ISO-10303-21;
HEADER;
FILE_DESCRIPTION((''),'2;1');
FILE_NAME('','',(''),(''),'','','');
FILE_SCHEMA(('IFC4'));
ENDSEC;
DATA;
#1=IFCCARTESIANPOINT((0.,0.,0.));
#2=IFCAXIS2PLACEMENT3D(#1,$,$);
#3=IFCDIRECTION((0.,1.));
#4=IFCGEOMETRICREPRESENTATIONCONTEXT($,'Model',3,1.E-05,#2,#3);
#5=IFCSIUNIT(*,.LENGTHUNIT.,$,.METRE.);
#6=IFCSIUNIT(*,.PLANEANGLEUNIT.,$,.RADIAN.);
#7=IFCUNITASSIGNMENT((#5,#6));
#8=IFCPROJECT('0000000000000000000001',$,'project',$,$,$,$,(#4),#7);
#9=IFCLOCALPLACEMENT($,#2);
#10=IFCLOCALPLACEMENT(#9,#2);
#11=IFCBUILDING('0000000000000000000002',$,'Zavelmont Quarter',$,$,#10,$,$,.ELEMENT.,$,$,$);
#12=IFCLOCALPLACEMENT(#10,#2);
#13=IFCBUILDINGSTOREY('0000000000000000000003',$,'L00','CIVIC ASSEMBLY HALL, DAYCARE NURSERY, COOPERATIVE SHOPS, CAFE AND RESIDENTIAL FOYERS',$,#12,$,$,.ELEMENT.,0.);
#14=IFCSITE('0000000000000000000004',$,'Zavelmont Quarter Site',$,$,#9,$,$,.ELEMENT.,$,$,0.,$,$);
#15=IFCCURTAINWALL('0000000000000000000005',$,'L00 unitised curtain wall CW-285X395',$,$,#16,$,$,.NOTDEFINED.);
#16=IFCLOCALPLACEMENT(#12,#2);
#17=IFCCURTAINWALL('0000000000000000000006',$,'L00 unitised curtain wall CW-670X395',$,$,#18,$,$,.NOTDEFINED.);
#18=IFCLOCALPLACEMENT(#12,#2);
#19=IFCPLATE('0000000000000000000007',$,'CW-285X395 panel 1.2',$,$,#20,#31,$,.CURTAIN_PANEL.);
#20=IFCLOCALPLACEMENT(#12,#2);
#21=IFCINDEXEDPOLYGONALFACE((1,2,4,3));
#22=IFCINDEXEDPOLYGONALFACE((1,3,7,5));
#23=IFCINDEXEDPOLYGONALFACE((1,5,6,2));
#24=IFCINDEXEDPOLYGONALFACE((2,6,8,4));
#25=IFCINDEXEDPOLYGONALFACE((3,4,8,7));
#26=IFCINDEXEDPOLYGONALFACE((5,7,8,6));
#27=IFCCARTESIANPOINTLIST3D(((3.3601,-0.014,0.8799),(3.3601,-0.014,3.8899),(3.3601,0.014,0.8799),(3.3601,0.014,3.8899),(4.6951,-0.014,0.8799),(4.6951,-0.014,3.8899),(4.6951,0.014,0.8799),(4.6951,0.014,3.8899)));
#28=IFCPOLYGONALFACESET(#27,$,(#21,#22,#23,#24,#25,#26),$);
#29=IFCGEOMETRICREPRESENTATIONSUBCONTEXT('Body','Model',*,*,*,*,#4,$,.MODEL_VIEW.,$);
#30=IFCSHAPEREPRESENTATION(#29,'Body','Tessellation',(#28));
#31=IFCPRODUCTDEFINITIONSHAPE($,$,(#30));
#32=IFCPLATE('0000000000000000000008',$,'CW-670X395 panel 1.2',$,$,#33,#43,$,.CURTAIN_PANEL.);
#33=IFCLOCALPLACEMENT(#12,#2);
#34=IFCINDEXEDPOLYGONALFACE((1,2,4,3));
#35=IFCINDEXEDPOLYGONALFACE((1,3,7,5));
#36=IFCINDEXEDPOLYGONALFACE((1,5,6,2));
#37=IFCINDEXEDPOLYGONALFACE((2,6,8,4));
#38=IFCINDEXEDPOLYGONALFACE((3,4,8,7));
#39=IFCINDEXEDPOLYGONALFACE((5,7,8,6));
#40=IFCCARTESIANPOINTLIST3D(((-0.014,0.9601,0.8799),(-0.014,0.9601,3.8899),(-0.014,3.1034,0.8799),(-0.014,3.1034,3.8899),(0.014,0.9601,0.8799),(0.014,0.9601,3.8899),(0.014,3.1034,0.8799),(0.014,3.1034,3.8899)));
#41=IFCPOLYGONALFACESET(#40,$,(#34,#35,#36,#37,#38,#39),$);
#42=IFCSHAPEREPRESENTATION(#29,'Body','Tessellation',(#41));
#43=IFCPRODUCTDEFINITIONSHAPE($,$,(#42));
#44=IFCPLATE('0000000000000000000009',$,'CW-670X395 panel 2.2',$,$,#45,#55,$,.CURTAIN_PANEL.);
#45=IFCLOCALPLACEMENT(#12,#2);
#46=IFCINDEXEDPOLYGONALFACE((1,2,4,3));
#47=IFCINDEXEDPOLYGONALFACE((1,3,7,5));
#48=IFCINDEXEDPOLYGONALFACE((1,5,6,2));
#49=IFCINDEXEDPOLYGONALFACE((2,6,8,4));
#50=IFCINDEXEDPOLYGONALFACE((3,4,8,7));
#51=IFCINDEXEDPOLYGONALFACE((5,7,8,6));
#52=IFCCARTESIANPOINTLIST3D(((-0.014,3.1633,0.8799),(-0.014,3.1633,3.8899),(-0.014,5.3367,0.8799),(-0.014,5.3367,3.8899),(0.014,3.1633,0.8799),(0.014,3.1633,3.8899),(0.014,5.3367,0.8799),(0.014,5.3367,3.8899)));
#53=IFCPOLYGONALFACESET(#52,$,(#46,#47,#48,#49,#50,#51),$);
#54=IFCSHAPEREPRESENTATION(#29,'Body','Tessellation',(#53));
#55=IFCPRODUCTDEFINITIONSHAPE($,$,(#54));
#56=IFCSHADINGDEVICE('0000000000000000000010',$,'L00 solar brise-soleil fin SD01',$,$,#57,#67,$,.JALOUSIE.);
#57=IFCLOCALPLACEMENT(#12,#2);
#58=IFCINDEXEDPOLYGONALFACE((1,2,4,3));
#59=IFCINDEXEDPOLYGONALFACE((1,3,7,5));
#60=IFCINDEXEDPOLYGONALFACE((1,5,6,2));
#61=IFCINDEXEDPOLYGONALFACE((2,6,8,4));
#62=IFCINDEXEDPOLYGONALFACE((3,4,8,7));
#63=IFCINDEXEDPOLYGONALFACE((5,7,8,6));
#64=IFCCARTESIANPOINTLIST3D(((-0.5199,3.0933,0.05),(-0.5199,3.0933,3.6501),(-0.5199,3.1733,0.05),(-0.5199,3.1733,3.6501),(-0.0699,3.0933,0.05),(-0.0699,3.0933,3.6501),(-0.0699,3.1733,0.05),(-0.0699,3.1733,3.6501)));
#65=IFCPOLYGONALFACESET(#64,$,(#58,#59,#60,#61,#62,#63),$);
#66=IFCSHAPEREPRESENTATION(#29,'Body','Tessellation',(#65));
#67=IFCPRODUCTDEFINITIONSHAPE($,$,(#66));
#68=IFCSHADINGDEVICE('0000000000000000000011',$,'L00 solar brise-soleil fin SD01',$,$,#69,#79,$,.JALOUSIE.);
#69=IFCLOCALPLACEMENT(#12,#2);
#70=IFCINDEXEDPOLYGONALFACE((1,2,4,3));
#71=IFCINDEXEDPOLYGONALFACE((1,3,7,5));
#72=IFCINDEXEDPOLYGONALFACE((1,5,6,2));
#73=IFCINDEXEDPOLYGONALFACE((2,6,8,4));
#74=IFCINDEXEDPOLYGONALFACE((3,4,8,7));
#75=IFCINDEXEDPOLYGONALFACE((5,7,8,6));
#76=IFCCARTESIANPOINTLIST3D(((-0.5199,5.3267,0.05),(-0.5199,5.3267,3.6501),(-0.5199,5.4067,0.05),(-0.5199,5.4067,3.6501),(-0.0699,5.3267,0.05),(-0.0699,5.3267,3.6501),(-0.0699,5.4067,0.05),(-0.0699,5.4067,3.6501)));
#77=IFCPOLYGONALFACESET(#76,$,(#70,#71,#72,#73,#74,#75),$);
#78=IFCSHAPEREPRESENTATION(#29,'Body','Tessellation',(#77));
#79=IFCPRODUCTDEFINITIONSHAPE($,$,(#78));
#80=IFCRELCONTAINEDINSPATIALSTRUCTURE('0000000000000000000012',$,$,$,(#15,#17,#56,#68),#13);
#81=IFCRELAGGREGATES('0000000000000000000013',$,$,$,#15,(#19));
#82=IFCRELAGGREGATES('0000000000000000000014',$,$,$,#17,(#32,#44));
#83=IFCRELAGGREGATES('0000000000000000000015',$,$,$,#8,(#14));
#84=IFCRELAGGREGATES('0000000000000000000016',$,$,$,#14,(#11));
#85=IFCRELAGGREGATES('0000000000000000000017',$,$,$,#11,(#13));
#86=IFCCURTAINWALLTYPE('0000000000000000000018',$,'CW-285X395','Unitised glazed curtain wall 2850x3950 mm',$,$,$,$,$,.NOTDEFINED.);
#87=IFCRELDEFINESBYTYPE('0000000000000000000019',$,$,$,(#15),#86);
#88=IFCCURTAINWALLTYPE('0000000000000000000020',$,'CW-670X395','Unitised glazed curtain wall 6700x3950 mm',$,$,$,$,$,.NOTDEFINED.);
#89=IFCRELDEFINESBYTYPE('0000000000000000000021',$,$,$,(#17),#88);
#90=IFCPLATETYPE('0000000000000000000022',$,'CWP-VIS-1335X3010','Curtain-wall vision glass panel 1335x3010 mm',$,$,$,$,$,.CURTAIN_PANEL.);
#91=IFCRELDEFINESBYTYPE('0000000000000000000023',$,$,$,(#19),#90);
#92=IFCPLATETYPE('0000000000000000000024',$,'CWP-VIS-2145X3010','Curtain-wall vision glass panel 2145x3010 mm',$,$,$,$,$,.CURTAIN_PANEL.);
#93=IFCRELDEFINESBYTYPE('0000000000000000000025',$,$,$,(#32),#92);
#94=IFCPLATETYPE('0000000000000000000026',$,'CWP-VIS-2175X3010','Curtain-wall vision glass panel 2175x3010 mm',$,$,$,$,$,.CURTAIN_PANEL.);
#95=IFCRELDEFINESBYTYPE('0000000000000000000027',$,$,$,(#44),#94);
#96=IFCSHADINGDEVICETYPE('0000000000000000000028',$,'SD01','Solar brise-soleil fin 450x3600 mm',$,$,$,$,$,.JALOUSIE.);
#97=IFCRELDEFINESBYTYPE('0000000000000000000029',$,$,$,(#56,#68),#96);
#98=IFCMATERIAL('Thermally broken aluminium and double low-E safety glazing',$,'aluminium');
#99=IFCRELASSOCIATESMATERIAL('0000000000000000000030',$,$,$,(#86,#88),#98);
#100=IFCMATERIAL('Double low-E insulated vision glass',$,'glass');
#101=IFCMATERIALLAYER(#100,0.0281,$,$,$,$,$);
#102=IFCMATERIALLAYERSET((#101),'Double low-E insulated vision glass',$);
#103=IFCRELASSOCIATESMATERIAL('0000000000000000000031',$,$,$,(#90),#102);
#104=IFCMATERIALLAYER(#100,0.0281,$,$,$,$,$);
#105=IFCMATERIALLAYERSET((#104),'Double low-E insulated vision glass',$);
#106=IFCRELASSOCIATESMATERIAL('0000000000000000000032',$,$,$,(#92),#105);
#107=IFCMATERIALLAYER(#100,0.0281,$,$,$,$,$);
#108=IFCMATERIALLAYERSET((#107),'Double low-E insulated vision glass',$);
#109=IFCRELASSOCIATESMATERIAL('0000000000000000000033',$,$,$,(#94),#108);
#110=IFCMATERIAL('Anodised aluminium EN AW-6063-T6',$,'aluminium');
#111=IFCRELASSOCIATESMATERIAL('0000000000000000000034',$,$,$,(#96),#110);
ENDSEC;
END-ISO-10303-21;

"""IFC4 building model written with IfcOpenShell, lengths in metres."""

from ifc_helpers import new_model, si_unit, direction, frame, origin, origin_2d, place, context, subcontext, project, spatial, rectangle, extrude, material, layer, layer_set, type_object, element, aggregate, save


model = new_model("IFC4")

# Units and contexts
model_context = context("Model", 3, precision=1e-05, world=origin(), true_north=direction((0.0, 1.0)))
body_context = subcontext(model_context, "Body", "Model", "MODEL_VIEW")
ifc_project = project(units=[si_unit("LENGTHUNIT", "METRE"), si_unit("PLANEANGLEUNIT", "RADIAN")], contexts=[model_context])

# Site, building, storey
site_placement = place(None, origin())
site = spatial("IfcSite", under=ifc_project, at=site_placement, Name="Zavelmont Quarter Site", CompositionType="ELEMENT", RefElevation=0.0)
building_placement = place(site_placement, origin())
building = spatial("IfcBuilding", under=site, at=building_placement, Name="Zavelmont Quarter", CompositionType="ELEMENT")
storey_placement = place(building_placement, origin())
storey = spatial("IfcBuildingStorey", under=building, at=storey_placement, Name="L00", Description="CIVIC ASSEMBLY HALL, DAYCARE NURSERY, COOPERATIVE SHOPS, CAFE AND RESIDENTIAL FOYERS", CompositionType="ELEMENT", Elevation=0.0)

# Curtain walls
ifc_material_1 = material(Name="Thermally broken aluminium and double low-E safety glazing", Category="aluminium")
curtain_wall_type_1 = type_object("IfcCurtainWallType", Name="CW-285X395", Description="Unitised glazed curtain wall 2850x3950 mm", PredefinedType="NOTDEFINED", material=ifc_material_1)
curtain_wall_1_placement = place(storey_placement, origin())
curtain_wall_1 = element("IfcCurtainWall", 1, at=curtain_wall_1_placement, inside=storey, type_object=curtain_wall_type_1, Name="L00 unitised curtain wall CW-285X395", PredefinedType="NOTDEFINED")
curtain_wall_type_2 = type_object("IfcCurtainWallType", Name="CW-670X395", Description="Unitised glazed curtain wall 6700x3950 mm", PredefinedType="NOTDEFINED", material=ifc_material_1)
curtain_wall_2_placement = place(storey_placement, origin())
curtain_wall_2 = element("IfcCurtainWall", 2, at=curtain_wall_2_placement, inside=storey, type_object=curtain_wall_type_2, Name="L00 unitised curtain wall CW-670X395", PredefinedType="NOTDEFINED")

# Plates
ifc_material_2 = material(Name="Double low-E insulated vision glass", Category="glass")
ifc_layer_1 = layer(ifc_material_2, 0.0281)
ifc_layer_set_1 = layer_set([ifc_layer_1], Name="Double low-E insulated vision glass")
plate_type_1 = type_object("IfcPlateType", Name="CWP-VIS-1335X3010", Description="Curtain-wall vision glass panel 1335x3010 mm", PredefinedType="CURTAIN_PANEL", material=ifc_layer_set_1)
plate_1_placement = place(storey_placement, frame((4.0276, 0.0, 0.8799), z_axis=(0.0, 0.0, 1.0), x_axis=(1.0, 0.0, 0.0)))
plate_1 = element("IfcPlate", 3, at=plate_1_placement, type_object=plate_type_1, Name="CW-285X395 panel 1.2", PredefinedType="CURTAIN_PANEL", context=body_context, shape_type="SweptSolid", body=[
    extrude(rectangle(XDim=1.335, YDim=0.0281, at=origin_2d()), origin(), (0.0, 0.0, 1.0), 3.01),
])
aggregate(curtain_wall_1, [plate_1])
ifc_layer_2 = layer(ifc_material_2, 0.0281)
ifc_layer_set_2 = layer_set([ifc_layer_2], Name="Double low-E insulated vision glass")
plate_type_2 = type_object("IfcPlateType", Name="CWP-VIS-2145X3010", Description="Curtain-wall vision glass panel 2145x3010 mm", PredefinedType="CURTAIN_PANEL", material=ifc_layer_set_2)
plate_2_placement = place(storey_placement, frame((0.0, 2.0317, 0.8799), z_axis=(0.0, 0.0, 1.0), x_axis=(0.0, 1.0, 0.0)))
plate_2 = element("IfcPlate", 4, at=plate_2_placement, type_object=plate_type_2, Name="CW-670X395 panel 1.2", PredefinedType="CURTAIN_PANEL", context=body_context, shape_type="SweptSolid", body=[
    extrude(rectangle(XDim=2.1433, YDim=0.0281, at=origin_2d()), origin(), (0.0, 0.0, 1.0), 3.01),
])
ifc_layer_3 = layer(ifc_material_2, 0.0281)
ifc_layer_set_3 = layer_set([ifc_layer_3], Name="Double low-E insulated vision glass")
plate_type_3 = type_object("IfcPlateType", Name="CWP-VIS-2175X3010", Description="Curtain-wall vision glass panel 2175x3010 mm", PredefinedType="CURTAIN_PANEL", material=ifc_layer_set_3)
plate_3_placement = place(storey_placement, frame((0.0, 4.25, 0.8799), z_axis=(0.0, 0.0, 1.0), x_axis=(0.0, 1.0, 0.0)))
plate_3 = element("IfcPlate", 5, at=plate_3_placement, type_object=plate_type_3, Name="CW-670X395 panel 2.2", PredefinedType="CURTAIN_PANEL", context=body_context, shape_type="SweptSolid", body=[
    extrude(rectangle(XDim=2.1733, YDim=0.0281, at=origin_2d()), origin(), (0.0, 0.0, 1.0), 3.01),
])
aggregate(curtain_wall_2, [plate_2, plate_3])

# Shading devices
ifc_material_3 = material(Name="Anodised aluminium EN AW-6063-T6", Category="aluminium")
shading_device_type = type_object("IfcShadingDeviceType", Name="SD01", Description="Solar brise-soleil fin 450x3600 mm", PredefinedType="JALOUSIE", material=ifc_material_3)
for number, where, z_axis, x_axis, name in (
    (6, (-0.2949, 3.1333, 0.05), (0.0, 0.0, 1.0), (0.0, 1.0, 0.0), "L00 solar brise-soleil fin SD01"),
    (7, (-0.2949, 5.3667, 0.05), (0.0, 0.0, 1.0), (0.0, 1.0, 0.0), "L00 solar brise-soleil fin SD01"),
):
    element("IfcShadingDevice", number, at=place(storey_placement, frame(where, z_axis=z_axis, x_axis=x_axis)), inside=storey, type_object=shading_device_type, Name=name, PredefinedType="JALOUSIE", context=body_context, shape_type="SweptSolid", body=[
        extrude(rectangle(XDim=0.0801, YDim=0.45, at=origin_2d()), origin(), (0.0, 0.0, 1.0), 3.6001),
    ])

save(model, "model.ifc")
